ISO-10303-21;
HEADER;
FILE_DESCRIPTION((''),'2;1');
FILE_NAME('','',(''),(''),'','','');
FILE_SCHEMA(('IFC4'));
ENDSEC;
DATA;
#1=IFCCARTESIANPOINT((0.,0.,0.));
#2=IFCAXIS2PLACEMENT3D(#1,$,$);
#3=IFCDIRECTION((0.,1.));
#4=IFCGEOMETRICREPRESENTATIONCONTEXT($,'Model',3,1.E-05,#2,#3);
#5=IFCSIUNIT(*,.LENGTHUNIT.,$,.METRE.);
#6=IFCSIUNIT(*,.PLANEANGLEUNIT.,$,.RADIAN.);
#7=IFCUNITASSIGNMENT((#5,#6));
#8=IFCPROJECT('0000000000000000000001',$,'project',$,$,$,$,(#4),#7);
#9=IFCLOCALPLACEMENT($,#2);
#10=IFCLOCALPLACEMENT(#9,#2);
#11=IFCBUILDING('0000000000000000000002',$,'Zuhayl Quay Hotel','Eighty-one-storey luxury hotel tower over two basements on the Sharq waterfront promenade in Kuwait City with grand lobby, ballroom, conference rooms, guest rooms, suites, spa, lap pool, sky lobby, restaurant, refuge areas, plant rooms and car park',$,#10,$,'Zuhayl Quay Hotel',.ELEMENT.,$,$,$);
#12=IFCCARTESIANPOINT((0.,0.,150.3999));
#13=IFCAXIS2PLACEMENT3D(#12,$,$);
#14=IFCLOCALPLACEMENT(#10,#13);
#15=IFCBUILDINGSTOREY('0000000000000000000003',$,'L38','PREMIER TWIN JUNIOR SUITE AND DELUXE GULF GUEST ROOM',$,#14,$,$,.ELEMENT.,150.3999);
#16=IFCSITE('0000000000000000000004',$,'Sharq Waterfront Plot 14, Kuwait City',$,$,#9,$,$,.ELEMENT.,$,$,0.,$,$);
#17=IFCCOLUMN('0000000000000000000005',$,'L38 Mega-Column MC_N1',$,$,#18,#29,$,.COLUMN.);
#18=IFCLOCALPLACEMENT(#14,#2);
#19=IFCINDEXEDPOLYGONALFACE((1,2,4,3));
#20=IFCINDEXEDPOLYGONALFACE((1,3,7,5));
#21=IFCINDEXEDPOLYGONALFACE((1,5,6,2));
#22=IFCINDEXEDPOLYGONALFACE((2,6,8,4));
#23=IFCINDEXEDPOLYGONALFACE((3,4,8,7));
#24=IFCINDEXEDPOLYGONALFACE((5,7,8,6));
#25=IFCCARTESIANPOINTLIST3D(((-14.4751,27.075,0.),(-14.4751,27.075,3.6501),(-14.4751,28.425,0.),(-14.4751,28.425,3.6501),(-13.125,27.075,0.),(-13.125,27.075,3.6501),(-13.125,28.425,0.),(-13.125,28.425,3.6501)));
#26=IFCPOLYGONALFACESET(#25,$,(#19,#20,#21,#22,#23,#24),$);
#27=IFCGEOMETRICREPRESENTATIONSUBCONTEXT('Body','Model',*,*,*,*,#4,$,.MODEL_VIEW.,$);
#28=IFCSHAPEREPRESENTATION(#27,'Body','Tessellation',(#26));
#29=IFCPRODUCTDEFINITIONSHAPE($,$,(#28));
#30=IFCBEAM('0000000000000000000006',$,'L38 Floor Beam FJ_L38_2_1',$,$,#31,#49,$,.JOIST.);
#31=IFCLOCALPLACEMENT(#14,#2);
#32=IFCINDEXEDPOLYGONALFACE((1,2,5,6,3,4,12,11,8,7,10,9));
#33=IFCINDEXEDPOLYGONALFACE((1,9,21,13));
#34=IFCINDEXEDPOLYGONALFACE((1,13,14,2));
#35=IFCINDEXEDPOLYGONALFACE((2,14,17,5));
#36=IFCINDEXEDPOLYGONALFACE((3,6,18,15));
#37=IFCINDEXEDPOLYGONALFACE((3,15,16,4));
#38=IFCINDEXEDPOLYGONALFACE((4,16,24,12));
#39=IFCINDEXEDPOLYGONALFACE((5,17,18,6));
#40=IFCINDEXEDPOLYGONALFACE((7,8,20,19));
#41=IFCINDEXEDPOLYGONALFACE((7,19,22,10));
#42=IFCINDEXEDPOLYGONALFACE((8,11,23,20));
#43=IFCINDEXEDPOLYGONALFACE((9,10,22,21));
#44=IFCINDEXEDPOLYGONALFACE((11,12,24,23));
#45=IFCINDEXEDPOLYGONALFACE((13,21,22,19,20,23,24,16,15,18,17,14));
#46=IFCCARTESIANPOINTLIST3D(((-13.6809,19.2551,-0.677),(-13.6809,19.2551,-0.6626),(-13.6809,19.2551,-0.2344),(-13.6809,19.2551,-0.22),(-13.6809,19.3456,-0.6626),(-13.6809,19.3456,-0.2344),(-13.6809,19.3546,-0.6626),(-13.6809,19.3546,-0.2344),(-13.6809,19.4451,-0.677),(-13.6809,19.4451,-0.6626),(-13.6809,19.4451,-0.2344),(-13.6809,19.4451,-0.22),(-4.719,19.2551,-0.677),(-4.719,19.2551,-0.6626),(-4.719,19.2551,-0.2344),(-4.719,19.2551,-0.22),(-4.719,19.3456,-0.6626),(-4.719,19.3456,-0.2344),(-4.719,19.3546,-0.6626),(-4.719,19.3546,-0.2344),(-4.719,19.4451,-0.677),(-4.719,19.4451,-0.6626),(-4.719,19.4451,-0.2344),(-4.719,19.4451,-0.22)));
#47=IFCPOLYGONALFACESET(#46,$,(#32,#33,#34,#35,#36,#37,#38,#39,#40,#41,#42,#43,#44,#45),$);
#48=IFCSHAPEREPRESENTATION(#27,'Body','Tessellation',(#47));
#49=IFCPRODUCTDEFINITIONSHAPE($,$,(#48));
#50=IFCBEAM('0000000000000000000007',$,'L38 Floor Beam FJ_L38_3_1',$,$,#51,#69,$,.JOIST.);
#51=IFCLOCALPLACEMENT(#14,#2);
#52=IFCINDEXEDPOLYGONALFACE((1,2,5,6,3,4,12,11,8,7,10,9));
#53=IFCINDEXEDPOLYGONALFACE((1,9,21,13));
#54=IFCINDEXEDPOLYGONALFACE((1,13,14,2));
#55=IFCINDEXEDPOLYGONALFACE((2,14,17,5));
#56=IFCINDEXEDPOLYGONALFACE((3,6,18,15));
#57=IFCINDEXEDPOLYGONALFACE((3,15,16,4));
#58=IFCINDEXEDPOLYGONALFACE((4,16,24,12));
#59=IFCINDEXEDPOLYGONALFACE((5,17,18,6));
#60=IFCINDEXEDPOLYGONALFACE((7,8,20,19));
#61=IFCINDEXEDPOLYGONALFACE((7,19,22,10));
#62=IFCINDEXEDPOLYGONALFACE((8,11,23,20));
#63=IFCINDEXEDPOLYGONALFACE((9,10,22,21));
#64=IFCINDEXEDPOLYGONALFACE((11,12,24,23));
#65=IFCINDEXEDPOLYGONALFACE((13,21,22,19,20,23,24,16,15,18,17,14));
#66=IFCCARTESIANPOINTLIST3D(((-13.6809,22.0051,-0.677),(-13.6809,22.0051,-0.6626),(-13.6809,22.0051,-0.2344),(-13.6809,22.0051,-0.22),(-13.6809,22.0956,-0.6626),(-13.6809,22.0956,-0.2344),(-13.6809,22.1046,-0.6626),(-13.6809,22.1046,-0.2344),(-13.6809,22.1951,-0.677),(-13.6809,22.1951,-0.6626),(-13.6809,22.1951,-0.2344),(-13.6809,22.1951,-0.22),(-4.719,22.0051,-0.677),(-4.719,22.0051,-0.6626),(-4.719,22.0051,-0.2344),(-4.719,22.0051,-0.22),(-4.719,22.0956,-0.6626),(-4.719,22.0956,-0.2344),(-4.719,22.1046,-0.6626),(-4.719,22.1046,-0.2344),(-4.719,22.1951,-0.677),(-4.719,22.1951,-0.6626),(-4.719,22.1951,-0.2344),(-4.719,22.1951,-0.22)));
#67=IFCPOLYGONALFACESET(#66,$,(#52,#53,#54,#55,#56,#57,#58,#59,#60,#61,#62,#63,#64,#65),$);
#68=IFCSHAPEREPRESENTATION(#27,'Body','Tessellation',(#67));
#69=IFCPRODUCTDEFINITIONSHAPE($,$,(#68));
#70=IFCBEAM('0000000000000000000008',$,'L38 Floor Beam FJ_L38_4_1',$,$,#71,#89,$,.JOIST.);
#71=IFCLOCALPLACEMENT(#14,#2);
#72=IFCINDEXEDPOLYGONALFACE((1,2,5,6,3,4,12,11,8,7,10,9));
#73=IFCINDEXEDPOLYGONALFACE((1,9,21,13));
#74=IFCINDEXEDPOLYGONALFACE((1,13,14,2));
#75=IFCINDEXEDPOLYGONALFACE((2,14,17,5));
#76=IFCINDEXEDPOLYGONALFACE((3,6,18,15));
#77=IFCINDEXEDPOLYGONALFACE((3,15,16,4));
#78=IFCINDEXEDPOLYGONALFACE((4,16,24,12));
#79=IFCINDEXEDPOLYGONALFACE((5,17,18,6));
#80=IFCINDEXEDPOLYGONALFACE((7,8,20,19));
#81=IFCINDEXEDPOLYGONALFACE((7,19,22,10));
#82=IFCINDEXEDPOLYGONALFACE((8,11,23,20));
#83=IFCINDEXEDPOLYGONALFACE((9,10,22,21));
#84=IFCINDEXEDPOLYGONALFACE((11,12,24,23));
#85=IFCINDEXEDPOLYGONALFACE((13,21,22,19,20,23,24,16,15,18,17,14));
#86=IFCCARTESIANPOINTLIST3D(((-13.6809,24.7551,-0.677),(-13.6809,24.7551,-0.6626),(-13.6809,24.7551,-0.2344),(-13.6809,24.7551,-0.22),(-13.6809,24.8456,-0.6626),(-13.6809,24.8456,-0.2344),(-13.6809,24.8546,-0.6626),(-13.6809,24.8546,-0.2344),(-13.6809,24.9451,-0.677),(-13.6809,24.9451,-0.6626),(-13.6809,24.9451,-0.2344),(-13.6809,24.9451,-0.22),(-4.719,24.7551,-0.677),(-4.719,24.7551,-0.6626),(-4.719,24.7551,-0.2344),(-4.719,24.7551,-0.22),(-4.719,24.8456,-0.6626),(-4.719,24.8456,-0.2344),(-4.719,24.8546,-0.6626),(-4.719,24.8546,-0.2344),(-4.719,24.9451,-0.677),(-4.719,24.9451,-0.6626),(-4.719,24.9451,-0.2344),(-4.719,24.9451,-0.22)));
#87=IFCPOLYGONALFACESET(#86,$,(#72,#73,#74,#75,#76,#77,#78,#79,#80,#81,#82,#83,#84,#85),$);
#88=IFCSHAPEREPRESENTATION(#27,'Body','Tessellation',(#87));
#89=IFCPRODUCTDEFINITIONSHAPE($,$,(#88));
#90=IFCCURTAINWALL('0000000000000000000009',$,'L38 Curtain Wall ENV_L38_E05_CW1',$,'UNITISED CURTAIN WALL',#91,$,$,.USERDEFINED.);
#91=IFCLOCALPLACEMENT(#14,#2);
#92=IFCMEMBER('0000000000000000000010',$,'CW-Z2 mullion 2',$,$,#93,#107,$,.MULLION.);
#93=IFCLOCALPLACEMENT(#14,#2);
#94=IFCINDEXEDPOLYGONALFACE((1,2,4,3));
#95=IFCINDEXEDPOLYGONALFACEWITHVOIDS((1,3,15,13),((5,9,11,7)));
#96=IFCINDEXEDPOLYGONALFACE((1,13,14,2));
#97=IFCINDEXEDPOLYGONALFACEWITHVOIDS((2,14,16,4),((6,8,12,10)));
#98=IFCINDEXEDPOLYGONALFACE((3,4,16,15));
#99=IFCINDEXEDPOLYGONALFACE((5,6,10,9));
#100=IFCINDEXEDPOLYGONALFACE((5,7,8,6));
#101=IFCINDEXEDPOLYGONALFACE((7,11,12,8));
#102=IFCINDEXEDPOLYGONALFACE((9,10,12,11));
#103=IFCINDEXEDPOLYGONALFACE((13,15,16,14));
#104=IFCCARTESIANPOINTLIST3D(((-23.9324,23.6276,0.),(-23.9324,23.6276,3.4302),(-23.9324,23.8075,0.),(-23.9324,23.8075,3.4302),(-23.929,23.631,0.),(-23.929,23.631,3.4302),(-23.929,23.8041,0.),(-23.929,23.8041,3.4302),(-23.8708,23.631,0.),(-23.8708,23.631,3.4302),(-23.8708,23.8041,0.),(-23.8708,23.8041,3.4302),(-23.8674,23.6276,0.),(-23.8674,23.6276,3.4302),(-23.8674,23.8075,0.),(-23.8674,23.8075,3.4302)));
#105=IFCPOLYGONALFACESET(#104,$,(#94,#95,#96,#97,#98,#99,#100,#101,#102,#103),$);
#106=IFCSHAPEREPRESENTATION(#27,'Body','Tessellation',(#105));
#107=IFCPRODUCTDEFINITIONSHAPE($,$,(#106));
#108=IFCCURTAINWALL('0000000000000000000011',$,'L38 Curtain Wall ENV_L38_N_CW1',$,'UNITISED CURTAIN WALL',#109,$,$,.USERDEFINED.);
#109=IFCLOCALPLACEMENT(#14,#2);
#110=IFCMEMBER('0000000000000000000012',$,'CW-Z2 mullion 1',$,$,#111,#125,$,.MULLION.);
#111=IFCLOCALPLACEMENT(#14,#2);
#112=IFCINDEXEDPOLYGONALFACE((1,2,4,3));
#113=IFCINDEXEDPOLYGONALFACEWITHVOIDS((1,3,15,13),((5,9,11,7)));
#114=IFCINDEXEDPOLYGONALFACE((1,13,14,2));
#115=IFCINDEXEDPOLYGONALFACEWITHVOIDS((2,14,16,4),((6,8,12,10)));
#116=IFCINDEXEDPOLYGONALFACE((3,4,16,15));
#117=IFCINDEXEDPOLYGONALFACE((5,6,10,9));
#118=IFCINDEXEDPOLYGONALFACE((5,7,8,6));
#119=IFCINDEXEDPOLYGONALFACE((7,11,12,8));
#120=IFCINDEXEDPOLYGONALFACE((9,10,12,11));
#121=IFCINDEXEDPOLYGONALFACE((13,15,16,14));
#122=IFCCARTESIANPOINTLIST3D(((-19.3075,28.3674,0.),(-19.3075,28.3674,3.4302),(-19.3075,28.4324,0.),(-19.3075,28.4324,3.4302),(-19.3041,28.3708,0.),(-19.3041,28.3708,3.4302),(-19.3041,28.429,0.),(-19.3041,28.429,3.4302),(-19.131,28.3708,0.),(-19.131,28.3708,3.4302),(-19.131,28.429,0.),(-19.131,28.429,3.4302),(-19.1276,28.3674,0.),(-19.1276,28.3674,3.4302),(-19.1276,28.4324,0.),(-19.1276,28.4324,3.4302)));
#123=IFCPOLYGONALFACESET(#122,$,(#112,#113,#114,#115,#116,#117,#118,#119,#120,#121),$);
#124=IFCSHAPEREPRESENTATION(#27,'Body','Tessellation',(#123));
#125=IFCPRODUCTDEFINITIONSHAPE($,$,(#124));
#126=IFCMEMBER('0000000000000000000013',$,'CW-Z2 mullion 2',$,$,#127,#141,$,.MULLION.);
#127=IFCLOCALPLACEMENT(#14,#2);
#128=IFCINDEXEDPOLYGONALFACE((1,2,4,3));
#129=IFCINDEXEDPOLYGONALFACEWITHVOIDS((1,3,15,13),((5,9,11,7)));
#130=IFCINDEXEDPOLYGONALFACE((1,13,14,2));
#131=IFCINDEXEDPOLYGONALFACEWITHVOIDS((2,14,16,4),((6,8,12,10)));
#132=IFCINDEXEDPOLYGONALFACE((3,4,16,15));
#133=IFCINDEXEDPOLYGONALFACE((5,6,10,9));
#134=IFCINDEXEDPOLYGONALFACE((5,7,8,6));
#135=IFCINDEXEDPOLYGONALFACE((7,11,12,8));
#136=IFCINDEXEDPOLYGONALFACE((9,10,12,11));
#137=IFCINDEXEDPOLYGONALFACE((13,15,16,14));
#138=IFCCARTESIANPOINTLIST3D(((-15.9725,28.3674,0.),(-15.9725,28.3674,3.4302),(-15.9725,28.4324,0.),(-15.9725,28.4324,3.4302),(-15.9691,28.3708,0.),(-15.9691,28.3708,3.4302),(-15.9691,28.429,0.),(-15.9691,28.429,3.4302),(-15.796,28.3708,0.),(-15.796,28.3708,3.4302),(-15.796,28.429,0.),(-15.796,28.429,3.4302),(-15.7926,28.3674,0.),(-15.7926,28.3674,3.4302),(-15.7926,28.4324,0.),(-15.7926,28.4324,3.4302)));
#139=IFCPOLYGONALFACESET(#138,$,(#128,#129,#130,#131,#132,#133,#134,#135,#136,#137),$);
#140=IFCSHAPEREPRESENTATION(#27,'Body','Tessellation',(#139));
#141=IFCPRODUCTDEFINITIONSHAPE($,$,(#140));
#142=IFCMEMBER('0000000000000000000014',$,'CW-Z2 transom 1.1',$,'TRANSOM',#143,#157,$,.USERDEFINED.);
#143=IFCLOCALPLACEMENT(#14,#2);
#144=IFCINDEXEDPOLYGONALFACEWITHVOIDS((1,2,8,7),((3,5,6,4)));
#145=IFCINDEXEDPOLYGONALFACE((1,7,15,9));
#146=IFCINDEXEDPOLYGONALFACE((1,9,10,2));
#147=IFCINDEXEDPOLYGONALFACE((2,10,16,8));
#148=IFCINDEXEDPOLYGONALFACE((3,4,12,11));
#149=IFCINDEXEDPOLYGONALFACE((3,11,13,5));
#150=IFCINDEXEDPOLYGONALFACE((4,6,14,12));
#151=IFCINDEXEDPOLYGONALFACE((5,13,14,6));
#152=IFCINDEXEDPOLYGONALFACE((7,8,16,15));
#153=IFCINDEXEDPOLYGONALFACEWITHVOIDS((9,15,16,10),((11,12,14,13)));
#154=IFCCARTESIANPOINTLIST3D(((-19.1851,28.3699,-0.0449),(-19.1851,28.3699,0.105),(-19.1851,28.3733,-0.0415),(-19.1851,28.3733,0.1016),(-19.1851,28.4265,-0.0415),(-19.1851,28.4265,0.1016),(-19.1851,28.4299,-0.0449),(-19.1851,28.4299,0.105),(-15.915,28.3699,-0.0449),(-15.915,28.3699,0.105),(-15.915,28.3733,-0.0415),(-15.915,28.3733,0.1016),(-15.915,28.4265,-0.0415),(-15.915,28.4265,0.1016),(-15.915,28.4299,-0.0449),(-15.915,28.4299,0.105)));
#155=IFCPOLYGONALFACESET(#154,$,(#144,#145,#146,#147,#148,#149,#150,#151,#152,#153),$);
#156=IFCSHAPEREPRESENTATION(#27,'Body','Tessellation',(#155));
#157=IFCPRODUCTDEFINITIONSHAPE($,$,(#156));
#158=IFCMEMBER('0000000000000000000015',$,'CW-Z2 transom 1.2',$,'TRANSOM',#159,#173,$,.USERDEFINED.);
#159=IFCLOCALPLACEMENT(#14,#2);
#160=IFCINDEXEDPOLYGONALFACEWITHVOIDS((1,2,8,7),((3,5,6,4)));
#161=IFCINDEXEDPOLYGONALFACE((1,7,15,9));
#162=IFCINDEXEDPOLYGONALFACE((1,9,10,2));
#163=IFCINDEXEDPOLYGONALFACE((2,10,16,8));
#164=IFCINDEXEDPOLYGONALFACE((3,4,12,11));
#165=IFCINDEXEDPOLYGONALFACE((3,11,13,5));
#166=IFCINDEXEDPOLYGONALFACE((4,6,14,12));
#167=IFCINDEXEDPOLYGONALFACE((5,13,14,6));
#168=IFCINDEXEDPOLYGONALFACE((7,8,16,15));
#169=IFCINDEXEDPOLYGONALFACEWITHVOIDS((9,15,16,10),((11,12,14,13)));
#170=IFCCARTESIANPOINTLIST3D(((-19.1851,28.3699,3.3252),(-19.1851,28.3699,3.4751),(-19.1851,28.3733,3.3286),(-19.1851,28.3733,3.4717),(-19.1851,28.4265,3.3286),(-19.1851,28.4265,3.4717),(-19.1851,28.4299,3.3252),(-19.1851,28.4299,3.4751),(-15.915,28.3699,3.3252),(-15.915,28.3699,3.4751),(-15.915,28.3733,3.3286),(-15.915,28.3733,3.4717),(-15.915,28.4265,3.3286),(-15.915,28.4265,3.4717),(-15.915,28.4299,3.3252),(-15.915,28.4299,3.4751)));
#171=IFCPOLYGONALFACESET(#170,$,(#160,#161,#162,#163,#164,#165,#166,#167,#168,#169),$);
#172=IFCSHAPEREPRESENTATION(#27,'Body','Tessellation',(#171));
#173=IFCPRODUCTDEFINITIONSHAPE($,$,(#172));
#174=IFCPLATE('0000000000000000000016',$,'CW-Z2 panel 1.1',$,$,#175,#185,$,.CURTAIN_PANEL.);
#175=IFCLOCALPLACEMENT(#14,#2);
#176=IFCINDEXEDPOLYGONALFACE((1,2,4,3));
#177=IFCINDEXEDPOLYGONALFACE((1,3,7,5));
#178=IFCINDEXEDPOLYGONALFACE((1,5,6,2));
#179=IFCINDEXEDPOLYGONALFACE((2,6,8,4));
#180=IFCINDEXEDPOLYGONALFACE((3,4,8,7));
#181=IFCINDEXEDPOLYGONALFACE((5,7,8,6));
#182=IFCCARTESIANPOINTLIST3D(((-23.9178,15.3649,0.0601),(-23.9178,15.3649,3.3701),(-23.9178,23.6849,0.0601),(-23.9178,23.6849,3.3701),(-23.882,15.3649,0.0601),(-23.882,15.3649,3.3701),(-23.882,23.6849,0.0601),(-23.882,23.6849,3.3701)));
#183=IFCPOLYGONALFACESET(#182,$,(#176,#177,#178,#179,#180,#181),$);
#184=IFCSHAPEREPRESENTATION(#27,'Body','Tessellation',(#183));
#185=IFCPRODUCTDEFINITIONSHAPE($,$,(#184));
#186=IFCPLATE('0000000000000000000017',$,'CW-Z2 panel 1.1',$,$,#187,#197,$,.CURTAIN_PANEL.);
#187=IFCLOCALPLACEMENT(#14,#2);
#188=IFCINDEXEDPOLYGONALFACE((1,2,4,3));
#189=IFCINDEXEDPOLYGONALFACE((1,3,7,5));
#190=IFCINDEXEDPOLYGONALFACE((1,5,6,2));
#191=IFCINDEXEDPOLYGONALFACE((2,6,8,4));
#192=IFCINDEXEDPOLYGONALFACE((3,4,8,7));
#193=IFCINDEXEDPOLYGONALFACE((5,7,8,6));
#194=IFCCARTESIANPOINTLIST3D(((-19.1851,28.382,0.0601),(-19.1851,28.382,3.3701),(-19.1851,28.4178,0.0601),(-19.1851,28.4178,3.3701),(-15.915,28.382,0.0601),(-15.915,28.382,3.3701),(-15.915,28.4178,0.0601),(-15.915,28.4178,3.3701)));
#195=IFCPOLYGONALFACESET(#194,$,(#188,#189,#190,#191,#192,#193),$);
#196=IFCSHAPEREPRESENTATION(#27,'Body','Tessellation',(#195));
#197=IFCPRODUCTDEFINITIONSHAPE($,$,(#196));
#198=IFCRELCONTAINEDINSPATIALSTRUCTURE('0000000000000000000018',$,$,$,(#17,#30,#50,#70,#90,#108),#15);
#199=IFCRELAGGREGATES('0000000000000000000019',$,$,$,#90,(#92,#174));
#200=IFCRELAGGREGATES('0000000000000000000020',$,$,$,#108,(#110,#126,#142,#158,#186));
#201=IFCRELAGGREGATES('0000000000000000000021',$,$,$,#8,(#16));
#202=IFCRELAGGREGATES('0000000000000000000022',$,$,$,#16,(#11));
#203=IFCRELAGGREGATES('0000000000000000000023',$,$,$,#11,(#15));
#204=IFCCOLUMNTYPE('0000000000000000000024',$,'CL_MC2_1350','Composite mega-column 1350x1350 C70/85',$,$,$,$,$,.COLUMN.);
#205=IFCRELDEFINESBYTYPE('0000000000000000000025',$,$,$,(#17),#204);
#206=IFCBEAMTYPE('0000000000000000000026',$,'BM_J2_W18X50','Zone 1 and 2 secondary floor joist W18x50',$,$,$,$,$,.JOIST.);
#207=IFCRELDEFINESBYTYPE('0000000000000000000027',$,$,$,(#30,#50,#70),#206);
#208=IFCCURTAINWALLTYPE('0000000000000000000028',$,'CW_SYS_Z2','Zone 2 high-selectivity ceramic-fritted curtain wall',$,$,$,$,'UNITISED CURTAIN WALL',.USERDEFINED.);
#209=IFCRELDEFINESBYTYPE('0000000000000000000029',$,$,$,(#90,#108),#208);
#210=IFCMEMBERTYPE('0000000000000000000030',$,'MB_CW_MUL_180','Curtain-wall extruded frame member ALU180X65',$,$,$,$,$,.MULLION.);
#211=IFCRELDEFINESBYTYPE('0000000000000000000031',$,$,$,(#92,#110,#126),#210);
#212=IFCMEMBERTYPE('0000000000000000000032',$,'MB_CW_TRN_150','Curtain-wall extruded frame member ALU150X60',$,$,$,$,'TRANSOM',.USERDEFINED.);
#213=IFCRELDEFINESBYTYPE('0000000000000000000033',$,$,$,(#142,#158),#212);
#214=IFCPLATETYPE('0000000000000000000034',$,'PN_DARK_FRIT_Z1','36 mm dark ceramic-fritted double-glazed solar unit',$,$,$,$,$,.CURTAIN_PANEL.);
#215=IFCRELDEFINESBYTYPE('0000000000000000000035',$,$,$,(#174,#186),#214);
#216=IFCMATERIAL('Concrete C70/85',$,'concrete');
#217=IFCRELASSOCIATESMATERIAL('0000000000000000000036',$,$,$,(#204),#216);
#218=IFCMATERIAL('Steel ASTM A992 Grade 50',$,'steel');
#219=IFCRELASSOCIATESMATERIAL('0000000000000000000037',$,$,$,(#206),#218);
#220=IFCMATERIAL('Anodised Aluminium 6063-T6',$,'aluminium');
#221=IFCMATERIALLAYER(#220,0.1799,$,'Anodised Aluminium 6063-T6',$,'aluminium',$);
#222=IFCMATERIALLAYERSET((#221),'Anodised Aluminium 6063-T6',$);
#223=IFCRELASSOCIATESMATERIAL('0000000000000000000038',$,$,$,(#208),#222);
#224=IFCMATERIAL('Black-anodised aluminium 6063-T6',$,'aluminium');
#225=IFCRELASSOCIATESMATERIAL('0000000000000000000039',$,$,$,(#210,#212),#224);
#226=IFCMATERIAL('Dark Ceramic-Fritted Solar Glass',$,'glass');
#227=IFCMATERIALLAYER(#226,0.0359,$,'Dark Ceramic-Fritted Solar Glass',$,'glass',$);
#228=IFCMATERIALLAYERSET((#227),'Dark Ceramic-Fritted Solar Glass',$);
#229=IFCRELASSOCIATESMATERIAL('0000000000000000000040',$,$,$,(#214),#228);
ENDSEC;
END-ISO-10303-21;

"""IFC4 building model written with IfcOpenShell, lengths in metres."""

from ifc_helpers import new_model, si_unit, direction, frame, origin, origin_2d, place, context, subcontext, project, spatial, rectangle, hollow_rectangle, i_section, extrude, material, layer, layer_set, material_profile, profile_set, type_object, element, aggregate, save


model = new_model("IFC4")

# Units and contexts
model_context = context("Model", 3, precision=1e-05, world=origin(), true_north=direction((0.0, 1.0)))
body_context = subcontext(model_context, "Body", "Model", "MODEL_VIEW")
ifc_project = project(units=[si_unit("LENGTHUNIT", "METRE"), si_unit("PLANEANGLEUNIT", "RADIAN")], contexts=[model_context])

# Site, building, storey
site_placement = place(None, origin())
site = spatial("IfcSite", under=ifc_project, at=site_placement, Name="Sharq Waterfront Plot 14, Kuwait City", CompositionType="ELEMENT", RefElevation=0.0)
building_placement = place(site_placement, origin())
building = spatial("IfcBuilding", under=site, at=building_placement, Name="Zuhayl Quay Hotel", Description="Eighty-one-storey luxury hotel tower over two basements on the Sharq waterfront promenade in Kuwait City with grand lobby, ballroom, conference rooms, guest rooms, suites, spa, lap pool, sky lobby, restaurant, refuge areas, plant rooms and car park", LongName="Zuhayl Quay Hotel", CompositionType="ELEMENT")
storey_placement = place(building_placement, frame((0.0, 0.0, 150.3999)))
storey = spatial("IfcBuildingStorey", under=building, at=storey_placement, Name="L38", Description="PREMIER TWIN JUNIOR SUITE AND DELUXE GULF GUEST ROOM", CompositionType="ELEMENT", Elevation=150.3999)

# Column
ifc_material_1 = material(Name="Concrete C70/85", Category="concrete")
ifc_material_profile_1 = material_profile(ifc_material_1, rectangle(XDim=1.3501, YDim=1.3501, at=origin_2d()), Name="RC1350X1350")
ifc_profile_set_1 = profile_set([ifc_material_profile_1], Name="Concrete C70/85")
column_type = type_object("IfcColumnType", Name="CL_MC2_1350", Description="Composite mega-column 1350x1350 C70/85", PredefinedType="COLUMN", material=ifc_profile_set_1)
column_placement = place(storey_placement, frame((-13.8, 27.75, 0.0), z_axis=(0.0, 0.0, 1.0), x_axis=(1.0, 0.0, 0.0)))
element("IfcColumn", 1, at=column_placement, inside=storey, type_object=column_type, Name="L38 Mega-Column MC_N1", PredefinedType="COLUMN", context=body_context, shape_type="SweptSolid", body=[
    extrude(rectangle(XDim=1.3501, YDim=1.3501, at=origin_2d()), origin(), (0.0, 0.0, 1.0), 3.6501),
])

# Beams
ifc_material_2 = material(Name="Steel ASTM A992 Grade 50", Category="steel")
ifc_material_profile_2 = material_profile(ifc_material_2, i_section(OverallWidth=0.1899, OverallDepth=0.457, WebThickness=0.009, FlangeThickness=0.0144, at=origin_2d()), Name="W18X50")
ifc_profile_set_2 = profile_set([ifc_material_profile_2], Name="Steel ASTM A992 Grade 50")
beam_type = type_object("IfcBeamType", Name="BM_J2_W18X50", Description="Zone 1 and 2 secondary floor joist W18x50", PredefinedType="JOIST", material=ifc_profile_set_2)
for number, where, z_axis, x_axis, name in (
    (2, (-13.6809, 19.3501, -0.4485), (1.0, 0.0, 0.0), (0.0, 1.0, 0.0), "L38 Floor Beam FJ_L38_2_1"),
    (3, (-13.6809, 22.1001, -0.4485), (1.0, 0.0, 0.0), (0.0, 1.0, 0.0), "L38 Floor Beam FJ_L38_3_1"),
    (4, (-13.6809, 24.8501, -0.4485), (1.0, 0.0, 0.0), (0.0, 1.0, 0.0), "L38 Floor Beam FJ_L38_4_1"),
):
    element("IfcBeam", number, at=place(storey_placement, frame(where, z_axis=z_axis, x_axis=x_axis)), inside=storey, type_object=beam_type, Name=name, PredefinedType="JOIST", context=body_context, shape_type="SweptSolid", body=[
        extrude(i_section(OverallWidth=0.1899, OverallDepth=0.457, WebThickness=0.009, FlangeThickness=0.0144, at=origin_2d()), origin(), (0.0, 0.0, 1.0), 8.9619),
    ])

# Curtain wall, member
ifc_material_3 = material(Name="Anodised Aluminium 6063-T6", Category="aluminium")
ifc_layer_1 = layer(ifc_material_3, 0.1799, Name="Anodised Aluminium 6063-T6", Category="aluminium")
ifc_layer_set_1 = layer_set([ifc_layer_1], Name="Anodised Aluminium 6063-T6")
curtain_wall_type = type_object("IfcCurtainWallType", Name="CW_SYS_Z2", Description="Zone 2 high-selectivity ceramic-fritted curtain wall", ElementType="UNITISED CURTAIN WALL", PredefinedType="USERDEFINED", material=ifc_layer_set_1)
curtain_wall_1_placement = place(storey_placement, origin())
curtain_wall_1 = element("IfcCurtainWall", 5, at=curtain_wall_1_placement, inside=storey, type_object=curtain_wall_type, Name="L38 Curtain Wall ENV_L38_E05_CW1", ObjectType="UNITISED CURTAIN WALL", PredefinedType="USERDEFINED")
ifc_material_4 = material(Name="Black-anodised aluminium 6063-T6", Category="aluminium")
ifc_material_profile_3 = material_profile(ifc_material_4, hollow_rectangle(XDim=0.0649, YDim=0.1799, WallThickness=0.0034, at=origin_2d()), Name="ALU180X65")
ifc_profile_set_3 = profile_set([ifc_material_profile_3], Name="Black-anodised aluminium 6063-T6")
member_type_1 = type_object("IfcMemberType", Name="MB_CW_MUL_180", Description="Curtain-wall extruded frame member ALU180X65", PredefinedType="MULLION", material=ifc_profile_set_3)
member_1_placement = place(storey_placement, frame((-23.8999, 23.7175, 0.0), z_axis=(0.0, 0.0, 1.0), x_axis=(-1.0, 0.0, 0.0)))
member_1 = element("IfcMember", 6, at=member_1_placement, type_object=member_type_1, Name="CW-Z2 mullion 2", PredefinedType="MULLION", context=body_context, shape_type="SweptSolid", body=[
    extrude(hollow_rectangle(XDim=0.0649, YDim=0.1799, WallThickness=0.0034, at=origin_2d()), origin(), (0.0, 0.0, 1.0), 3.4302),
])

# Curtain wall, members
curtain_wall_2_placement = place(storey_placement, origin())
curtain_wall_2 = element("IfcCurtainWall", 7, at=curtain_wall_2_placement, inside=storey, type_object=curtain_wall_type, Name="L38 Curtain Wall ENV_L38_N_CW1", ObjectType="UNITISED CURTAIN WALL", PredefinedType="USERDEFINED")
member_2_placement = place(storey_placement, frame((-19.2175, 28.3999, 0.0), z_axis=(0.0, 0.0, 1.0), x_axis=(0.0, 1.0, 0.0)))
member_2 = element("IfcMember", 8, at=member_2_placement, type_object=member_type_1, Name="CW-Z2 mullion 1", PredefinedType="MULLION", context=body_context, shape_type="SweptSolid", body=[
    extrude(hollow_rectangle(XDim=0.0649, YDim=0.1799, WallThickness=0.0034, at=origin_2d()), origin(), (0.0, 0.0, 1.0), 3.4302),
])
member_3_placement = place(storey_placement, frame((-15.8826, 28.3999, 0.0), z_axis=(0.0, 0.0, 1.0), x_axis=(0.0, 1.0, 0.0)))
member_3 = element("IfcMember", 9, at=member_3_placement, type_object=member_type_1, Name="CW-Z2 mullion 2", PredefinedType="MULLION", context=body_context, shape_type="SweptSolid", body=[
    extrude(hollow_rectangle(XDim=0.0649, YDim=0.1799, WallThickness=0.0034, at=origin_2d()), origin(), (0.0, 0.0, 1.0), 3.4302),
])
ifc_material_profile_4 = material_profile(ifc_material_4, hollow_rectangle(XDim=0.0601, YDim=0.1499, WallThickness=0.0034, at=origin_2d()), Name="ALU150X60")
ifc_profile_set_4 = profile_set([ifc_material_profile_4], Name="Black-anodised aluminium 6063-T6")
member_type_2 = type_object("IfcMemberType", Name="MB_CW_TRN_150", Description="Curtain-wall extruded frame member ALU150X60", ElementType="TRANSOM", PredefinedType="USERDEFINED", material=ifc_profile_set_4)
member_4_placement = place(storey_placement, frame((-19.1851, 28.3999, 0.03), z_axis=(1.0, 0.0, 0.0), x_axis=(0.0, 1.0, 0.0)))
member_4 = element("IfcMember", 10, at=member_4_placement, type_object=member_type_2, Name="CW-Z2 transom 1.1", ObjectType="TRANSOM", PredefinedType="USERDEFINED", context=body_context, shape_type="SweptSolid", body=[
    extrude(hollow_rectangle(XDim=0.0601, YDim=0.1499, WallThickness=0.0034, at=origin_2d()), origin(), (0.0, 0.0, 1.0), 3.27),
])
member_5_placement = place(storey_placement, frame((-19.1851, 28.3999, 3.4001), z_axis=(1.0, 0.0, 0.0), x_axis=(0.0, 1.0, 0.0)))
member_5 = element("IfcMember", 11, at=member_5_placement, type_object=member_type_2, Name="CW-Z2 transom 1.2", ObjectType="TRANSOM", PredefinedType="USERDEFINED", context=body_context, shape_type="SweptSolid", body=[
    extrude(hollow_rectangle(XDim=0.0601, YDim=0.1499, WallThickness=0.0034, at=origin_2d()), origin(), (0.0, 0.0, 1.0), 3.27),
])

# Plates
ifc_material_5 = material(Name="Dark Ceramic-Fritted Solar Glass", Category="glass")
ifc_layer_2 = layer(ifc_material_5, 0.0359, Name="Dark Ceramic-Fritted Solar Glass", Category="glass")
ifc_layer_set_2 = layer_set([ifc_layer_2], Name="Dark Ceramic-Fritted Solar Glass")
plate_type = type_object("IfcPlateType", Name="PN_DARK_FRIT_Z1", Description="36 mm dark ceramic-fritted double-glazed solar unit", PredefinedType="CURTAIN_PANEL", material=ifc_layer_set_2)
plate_1_placement = place(storey_placement, frame((-23.8999, 19.5249, 0.0601), z_axis=(0.0, 0.0, 1.0), x_axis=(0.0, 1.0, 0.0)))
plate_1 = element("IfcPlate", 12, at=plate_1_placement, type_object=plate_type, Name="CW-Z2 panel 1.1", PredefinedType="CURTAIN_PANEL", context=body_context, shape_type="SweptSolid", body=[
    extrude(rectangle(XDim=8.3201, YDim=0.0359, at=origin_2d()), origin(), (0.0, 0.0, 1.0), 3.3101),
])
aggregate(curtain_wall_1, [member_1, plate_1])
plate_2_placement = place(storey_placement, frame((-17.55, 28.3999, 0.0601), z_axis=(0.0, 0.0, 1.0), x_axis=(1.0, 0.0, 0.0)))
plate_2 = element("IfcPlate", 13, at=plate_2_placement, type_object=plate_type, Name="CW-Z2 panel 1.1", PredefinedType="CURTAIN_PANEL", context=body_context, shape_type="SweptSolid", body=[
    extrude(rectangle(XDim=3.27, YDim=0.0359, at=origin_2d()), origin(), (0.0, 0.0, 1.0), 3.3101),
])
aggregate(curtain_wall_2, [member_2, member_3, member_4, member_5, plate_2])

save(model, "model.ifc")
